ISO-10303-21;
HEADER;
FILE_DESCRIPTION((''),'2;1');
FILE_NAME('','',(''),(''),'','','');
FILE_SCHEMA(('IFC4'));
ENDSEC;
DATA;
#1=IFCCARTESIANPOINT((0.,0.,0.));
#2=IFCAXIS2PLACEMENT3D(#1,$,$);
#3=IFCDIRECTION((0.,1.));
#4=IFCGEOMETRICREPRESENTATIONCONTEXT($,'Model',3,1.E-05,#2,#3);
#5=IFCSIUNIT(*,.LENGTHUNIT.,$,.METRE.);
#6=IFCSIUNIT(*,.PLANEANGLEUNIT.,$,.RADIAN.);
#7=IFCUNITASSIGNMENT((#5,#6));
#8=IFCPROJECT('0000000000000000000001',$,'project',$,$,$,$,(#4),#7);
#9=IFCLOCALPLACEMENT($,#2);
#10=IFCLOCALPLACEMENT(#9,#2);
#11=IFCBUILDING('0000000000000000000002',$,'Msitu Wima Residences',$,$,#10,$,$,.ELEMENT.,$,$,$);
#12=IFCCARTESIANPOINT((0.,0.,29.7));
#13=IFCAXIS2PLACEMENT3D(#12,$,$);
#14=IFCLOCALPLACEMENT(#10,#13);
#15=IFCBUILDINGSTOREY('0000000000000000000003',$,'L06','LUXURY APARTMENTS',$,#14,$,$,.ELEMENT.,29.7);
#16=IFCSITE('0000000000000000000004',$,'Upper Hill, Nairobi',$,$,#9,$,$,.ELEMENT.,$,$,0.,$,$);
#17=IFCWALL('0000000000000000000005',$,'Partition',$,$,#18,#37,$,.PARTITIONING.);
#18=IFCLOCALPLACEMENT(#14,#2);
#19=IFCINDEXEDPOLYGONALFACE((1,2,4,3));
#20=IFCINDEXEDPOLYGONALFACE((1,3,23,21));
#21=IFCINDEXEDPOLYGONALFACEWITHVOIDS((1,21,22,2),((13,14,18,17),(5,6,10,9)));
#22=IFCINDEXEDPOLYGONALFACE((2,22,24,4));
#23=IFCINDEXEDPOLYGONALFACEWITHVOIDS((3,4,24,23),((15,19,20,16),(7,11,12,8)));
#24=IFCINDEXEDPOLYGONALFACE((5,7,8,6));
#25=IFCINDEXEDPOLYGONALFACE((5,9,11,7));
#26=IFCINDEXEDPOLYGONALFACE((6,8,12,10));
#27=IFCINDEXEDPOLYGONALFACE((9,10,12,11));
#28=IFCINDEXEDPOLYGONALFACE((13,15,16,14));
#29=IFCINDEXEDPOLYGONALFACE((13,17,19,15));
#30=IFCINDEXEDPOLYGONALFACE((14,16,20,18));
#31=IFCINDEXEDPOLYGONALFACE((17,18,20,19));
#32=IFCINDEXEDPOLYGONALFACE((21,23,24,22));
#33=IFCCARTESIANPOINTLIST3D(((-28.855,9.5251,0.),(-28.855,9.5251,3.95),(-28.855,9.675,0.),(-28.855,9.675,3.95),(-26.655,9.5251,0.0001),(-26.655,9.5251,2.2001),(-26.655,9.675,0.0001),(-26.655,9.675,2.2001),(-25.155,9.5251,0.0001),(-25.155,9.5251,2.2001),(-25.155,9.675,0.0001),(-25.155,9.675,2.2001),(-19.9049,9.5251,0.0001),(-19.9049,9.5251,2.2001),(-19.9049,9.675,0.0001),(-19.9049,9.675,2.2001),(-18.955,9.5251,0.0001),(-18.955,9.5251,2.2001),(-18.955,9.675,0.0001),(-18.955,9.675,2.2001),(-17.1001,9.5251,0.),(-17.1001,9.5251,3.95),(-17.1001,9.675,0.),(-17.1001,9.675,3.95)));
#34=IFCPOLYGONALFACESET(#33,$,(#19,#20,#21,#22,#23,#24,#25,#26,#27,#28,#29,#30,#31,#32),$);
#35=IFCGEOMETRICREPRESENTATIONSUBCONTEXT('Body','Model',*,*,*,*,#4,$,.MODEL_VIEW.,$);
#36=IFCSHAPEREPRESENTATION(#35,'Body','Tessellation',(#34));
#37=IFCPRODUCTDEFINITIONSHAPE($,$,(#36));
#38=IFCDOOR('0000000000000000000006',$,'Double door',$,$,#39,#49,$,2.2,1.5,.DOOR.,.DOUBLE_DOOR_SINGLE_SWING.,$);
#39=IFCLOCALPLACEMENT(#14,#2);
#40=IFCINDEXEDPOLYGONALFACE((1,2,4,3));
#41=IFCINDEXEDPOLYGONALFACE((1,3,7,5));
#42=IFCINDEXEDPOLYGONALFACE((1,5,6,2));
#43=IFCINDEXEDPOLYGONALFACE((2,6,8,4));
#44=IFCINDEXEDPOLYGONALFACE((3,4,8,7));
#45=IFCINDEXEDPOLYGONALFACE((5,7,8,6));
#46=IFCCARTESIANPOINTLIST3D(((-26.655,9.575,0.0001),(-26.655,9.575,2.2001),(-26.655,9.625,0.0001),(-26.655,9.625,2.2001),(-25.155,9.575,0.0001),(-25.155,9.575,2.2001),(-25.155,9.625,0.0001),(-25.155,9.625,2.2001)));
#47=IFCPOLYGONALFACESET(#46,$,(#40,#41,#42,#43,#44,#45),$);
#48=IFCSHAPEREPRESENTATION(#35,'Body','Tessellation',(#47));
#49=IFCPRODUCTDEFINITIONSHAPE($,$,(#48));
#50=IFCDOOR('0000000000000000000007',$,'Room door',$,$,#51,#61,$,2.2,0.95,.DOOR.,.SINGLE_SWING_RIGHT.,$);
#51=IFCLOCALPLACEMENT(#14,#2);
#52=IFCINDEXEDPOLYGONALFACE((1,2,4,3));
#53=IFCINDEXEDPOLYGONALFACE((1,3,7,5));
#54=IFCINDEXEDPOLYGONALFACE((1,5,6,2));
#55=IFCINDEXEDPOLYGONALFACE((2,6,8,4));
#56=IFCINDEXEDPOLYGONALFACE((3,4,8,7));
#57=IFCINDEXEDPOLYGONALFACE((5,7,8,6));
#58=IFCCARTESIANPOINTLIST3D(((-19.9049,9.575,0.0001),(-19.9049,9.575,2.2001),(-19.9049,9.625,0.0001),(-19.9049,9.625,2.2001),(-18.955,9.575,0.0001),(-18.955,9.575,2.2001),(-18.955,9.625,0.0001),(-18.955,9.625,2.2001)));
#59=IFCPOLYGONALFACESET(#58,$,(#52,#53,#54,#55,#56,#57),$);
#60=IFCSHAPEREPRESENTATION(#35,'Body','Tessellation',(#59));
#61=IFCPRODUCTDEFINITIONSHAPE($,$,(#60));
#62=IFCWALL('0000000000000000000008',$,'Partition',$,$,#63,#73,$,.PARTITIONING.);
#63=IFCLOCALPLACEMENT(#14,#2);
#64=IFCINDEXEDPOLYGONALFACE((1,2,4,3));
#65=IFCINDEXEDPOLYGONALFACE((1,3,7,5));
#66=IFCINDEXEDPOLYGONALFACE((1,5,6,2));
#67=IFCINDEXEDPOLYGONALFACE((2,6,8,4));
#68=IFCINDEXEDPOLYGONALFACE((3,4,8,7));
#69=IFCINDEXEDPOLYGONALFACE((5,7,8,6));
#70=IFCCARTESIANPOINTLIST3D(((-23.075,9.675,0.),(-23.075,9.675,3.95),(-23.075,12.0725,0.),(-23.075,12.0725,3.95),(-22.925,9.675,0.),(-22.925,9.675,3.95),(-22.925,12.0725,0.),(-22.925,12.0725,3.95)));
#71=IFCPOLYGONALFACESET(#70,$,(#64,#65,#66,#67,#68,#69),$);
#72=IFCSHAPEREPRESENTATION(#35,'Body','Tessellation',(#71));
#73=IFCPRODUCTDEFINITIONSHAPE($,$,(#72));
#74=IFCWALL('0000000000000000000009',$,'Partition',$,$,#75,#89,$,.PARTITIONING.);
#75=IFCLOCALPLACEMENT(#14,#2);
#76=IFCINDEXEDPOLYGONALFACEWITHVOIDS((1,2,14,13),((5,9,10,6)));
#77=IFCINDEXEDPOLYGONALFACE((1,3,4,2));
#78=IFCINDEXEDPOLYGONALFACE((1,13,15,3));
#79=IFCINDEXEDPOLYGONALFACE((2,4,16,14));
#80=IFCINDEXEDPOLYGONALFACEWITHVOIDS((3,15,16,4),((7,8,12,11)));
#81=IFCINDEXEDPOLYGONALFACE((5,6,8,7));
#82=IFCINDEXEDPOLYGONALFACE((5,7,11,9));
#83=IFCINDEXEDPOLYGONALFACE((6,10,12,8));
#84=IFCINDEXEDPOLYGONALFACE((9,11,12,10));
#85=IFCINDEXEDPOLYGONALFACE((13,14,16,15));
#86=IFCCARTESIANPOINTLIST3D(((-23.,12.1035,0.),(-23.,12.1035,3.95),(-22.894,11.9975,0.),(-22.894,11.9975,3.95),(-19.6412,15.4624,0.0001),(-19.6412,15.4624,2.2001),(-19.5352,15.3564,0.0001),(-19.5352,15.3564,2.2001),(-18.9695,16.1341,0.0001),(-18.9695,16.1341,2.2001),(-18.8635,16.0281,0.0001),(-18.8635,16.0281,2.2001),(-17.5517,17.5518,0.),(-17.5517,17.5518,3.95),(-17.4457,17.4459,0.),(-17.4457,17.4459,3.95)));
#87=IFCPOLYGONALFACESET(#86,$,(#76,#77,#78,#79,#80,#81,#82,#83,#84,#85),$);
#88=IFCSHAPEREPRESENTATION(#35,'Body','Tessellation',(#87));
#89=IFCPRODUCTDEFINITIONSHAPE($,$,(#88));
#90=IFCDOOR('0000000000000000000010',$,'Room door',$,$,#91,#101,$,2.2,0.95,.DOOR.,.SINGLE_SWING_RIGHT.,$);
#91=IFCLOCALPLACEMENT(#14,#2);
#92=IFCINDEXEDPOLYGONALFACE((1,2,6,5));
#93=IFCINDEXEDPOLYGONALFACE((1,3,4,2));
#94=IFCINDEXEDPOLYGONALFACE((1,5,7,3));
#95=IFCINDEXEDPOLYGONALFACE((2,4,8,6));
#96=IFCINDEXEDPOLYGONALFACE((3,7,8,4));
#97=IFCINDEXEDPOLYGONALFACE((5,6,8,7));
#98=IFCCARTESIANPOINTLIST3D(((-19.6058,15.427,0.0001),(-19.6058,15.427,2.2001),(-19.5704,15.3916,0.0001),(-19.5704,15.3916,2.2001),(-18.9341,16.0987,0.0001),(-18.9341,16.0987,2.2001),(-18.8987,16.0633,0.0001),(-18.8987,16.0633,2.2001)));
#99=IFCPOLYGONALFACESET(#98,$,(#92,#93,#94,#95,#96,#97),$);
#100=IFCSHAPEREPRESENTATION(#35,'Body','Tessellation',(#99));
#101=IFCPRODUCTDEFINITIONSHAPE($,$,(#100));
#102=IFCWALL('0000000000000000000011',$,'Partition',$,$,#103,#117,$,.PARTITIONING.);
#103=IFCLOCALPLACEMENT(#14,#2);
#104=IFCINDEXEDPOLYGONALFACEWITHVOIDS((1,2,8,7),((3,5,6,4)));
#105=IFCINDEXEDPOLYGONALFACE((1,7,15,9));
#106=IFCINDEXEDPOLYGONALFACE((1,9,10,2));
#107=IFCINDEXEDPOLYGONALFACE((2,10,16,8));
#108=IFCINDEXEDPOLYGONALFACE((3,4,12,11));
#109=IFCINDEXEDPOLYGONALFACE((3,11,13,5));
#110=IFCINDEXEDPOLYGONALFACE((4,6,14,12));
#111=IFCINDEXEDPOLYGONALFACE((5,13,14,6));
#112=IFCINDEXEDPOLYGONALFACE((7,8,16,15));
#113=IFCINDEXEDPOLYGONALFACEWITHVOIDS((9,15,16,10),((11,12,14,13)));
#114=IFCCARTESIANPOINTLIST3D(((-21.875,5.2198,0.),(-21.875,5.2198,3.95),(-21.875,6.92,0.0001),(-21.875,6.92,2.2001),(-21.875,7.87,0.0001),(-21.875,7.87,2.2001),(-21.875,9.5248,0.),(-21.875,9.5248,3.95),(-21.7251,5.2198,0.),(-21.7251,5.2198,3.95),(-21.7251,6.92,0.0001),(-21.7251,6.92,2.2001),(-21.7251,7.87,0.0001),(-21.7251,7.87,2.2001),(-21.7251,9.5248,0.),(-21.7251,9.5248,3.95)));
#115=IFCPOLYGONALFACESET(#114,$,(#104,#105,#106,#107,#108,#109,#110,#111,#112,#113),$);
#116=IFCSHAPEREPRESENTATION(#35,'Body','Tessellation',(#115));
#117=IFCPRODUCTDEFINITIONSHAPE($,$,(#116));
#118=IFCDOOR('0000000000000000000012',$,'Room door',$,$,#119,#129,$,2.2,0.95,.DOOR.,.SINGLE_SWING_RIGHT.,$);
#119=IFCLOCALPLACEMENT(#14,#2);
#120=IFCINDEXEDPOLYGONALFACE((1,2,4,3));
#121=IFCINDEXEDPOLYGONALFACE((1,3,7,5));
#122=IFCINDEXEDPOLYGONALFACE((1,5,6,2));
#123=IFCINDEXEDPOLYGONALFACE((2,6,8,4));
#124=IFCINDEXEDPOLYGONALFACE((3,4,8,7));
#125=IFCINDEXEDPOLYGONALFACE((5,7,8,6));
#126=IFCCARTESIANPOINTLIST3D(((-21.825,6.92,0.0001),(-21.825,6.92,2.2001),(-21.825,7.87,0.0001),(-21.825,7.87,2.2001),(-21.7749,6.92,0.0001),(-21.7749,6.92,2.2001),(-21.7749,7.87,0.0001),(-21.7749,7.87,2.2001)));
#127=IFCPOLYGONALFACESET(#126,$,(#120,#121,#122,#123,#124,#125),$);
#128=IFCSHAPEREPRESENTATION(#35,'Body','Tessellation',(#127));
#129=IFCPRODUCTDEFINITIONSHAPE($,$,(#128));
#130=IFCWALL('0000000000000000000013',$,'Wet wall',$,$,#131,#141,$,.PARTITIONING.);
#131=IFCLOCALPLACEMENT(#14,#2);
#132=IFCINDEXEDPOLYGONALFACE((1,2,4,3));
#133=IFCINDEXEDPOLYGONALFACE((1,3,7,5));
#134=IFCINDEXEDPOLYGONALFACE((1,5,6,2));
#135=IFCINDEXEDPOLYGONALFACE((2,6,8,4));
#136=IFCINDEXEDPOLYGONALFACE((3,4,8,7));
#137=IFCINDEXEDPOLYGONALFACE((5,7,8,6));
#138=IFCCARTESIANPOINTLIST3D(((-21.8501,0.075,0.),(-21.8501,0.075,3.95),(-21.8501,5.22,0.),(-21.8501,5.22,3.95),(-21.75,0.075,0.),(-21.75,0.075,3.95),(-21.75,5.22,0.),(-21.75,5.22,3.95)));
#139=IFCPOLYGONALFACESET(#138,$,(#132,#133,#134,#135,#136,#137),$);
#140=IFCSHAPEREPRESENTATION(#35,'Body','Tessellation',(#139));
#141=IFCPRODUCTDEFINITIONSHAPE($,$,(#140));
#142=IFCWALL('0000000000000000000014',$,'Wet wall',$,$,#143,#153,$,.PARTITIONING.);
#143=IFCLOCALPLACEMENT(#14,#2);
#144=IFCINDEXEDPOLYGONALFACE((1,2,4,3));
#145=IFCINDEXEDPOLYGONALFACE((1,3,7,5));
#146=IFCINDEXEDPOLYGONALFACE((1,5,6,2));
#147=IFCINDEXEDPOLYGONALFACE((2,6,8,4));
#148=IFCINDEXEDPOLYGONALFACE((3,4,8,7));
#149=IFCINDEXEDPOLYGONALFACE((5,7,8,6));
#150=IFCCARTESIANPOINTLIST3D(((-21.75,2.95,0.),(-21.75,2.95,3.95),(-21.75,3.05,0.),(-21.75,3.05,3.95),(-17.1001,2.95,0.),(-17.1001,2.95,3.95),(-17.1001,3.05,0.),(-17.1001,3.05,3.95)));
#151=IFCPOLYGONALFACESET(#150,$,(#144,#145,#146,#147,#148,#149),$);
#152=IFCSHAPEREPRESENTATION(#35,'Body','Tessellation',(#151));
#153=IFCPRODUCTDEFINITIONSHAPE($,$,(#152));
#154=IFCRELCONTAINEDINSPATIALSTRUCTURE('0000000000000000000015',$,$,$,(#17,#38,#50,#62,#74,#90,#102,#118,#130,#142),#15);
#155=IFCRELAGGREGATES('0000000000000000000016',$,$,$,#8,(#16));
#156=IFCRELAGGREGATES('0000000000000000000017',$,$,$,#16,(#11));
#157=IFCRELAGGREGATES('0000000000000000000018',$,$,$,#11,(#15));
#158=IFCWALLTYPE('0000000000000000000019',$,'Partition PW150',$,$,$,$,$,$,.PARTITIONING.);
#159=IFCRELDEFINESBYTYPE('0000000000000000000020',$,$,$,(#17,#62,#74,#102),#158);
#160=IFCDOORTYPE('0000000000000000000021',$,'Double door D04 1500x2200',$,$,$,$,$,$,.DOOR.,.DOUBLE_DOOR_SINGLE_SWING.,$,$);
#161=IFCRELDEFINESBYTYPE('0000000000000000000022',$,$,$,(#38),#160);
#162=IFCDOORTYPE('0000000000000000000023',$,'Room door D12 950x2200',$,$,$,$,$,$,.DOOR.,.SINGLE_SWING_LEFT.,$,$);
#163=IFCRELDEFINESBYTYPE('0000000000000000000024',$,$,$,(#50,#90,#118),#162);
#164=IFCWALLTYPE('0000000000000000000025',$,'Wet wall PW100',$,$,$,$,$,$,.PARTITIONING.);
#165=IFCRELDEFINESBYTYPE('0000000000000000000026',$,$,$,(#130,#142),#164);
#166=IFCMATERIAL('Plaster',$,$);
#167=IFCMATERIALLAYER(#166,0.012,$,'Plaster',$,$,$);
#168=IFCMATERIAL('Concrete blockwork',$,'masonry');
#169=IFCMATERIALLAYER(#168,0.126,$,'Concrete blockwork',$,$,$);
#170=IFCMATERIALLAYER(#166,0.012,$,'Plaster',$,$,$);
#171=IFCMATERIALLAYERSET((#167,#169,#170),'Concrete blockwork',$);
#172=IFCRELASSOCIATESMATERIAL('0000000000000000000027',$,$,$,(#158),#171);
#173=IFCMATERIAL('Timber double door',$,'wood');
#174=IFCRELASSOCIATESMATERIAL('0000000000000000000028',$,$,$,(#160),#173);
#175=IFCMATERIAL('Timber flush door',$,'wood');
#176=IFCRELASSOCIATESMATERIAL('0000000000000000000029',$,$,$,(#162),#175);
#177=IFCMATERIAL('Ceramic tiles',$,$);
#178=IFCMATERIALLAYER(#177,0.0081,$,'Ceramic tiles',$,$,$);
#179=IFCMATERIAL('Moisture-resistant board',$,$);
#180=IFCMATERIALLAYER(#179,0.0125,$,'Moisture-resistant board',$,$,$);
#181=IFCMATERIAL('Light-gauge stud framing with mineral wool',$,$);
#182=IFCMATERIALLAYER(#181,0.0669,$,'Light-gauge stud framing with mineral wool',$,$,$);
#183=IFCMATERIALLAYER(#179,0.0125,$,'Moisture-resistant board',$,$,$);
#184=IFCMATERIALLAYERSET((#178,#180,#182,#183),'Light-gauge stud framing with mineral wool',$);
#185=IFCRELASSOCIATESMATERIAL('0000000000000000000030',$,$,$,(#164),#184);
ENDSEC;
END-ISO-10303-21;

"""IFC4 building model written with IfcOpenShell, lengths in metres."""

from ifc_helpers import new_model, si_unit, direction, frame, frame_2d, origin, place, context, subcontext, project, spatial, rectangle, extrude, material, layer, layer_set, type_object, element, fill, save


model = new_model("IFC4")

# Units and contexts
model_context = context("Model", 3, precision=1e-05, world=origin(), true_north=direction((0.0, 1.0)))
body_context = subcontext(model_context, "Body", "Model", "MODEL_VIEW")
ifc_project = project(units=[si_unit("LENGTHUNIT", "METRE"), si_unit("PLANEANGLEUNIT", "RADIAN")], contexts=[model_context])

# Site, building, storey
site_placement = place(None, origin())
site = spatial("IfcSite", under=ifc_project, at=site_placement, Name="Upper Hill, Nairobi", CompositionType="ELEMENT", RefElevation=0.0)
building_placement = place(site_placement, origin())
building = spatial("IfcBuilding", under=site, at=building_placement, Name="Msitu Wima Residences", CompositionType="ELEMENT")
storey_placement = place(building_placement, frame((0.0, 0.0, 29.7)))
storey = spatial("IfcBuildingStorey", under=building, at=storey_placement, Name="L06", Description="LUXURY APARTMENTS", CompositionType="ELEMENT", Elevation=29.7)

# Wall, openings, doors
ifc_material_1 = material(Name="Plaster")
ifc_layer_1 = layer(ifc_material_1, 0.012, Name="Plaster")
ifc_material_2 = material(Name="Concrete blockwork", Category="masonry")
ifc_layer_2 = layer(ifc_material_2, 0.126, Name="Concrete blockwork")
ifc_layer_3 = layer(ifc_material_1, 0.012, Name="Plaster")
ifc_layer_set_1 = layer_set([ifc_layer_1, ifc_layer_2, ifc_layer_3], Name="Concrete blockwork")
wall_type_1 = type_object("IfcWallType", Name="Partition PW150", PredefinedType="PARTITIONING", material=ifc_layer_set_1)
wall_1_placement = place(storey_placement, frame((-28.855, 9.6001, 0.0), z_axis=(0.0, 0.0, 1.0), x_axis=(1.0, 0.0, 0.0)))
wall_1 = element("IfcWall", 1, at=wall_1_placement, inside=storey, type_object=wall_type_1, Name="Partition", PredefinedType="PARTITIONING", context=body_context, shape_type="SweptSolid", body=[
    extrude(rectangle(XDim=11.7549, YDim=0.1499, at=frame_2d((5.8774, 0.0))), origin(), (0.0, 0.0, 1.0), 3.95),
])
opening_1_placement = place(wall_1_placement, frame((8.95, 0.0, 0.0)))
opening_1 = element("IfcOpeningElement", 2, at=opening_1_placement, cuts=wall_1, PredefinedType="OPENING", context=body_context, shape_type="SweptSolid", body=[
    extrude(rectangle(XDim=0.95, YDim=2.2, at=frame_2d((0.4751, 1.1001))), frame((0.0, 0.085, 0.0), z_axis=(0.0, -1.0, 0.0), x_axis=(1.0, 0.0, 0.0)), (0.0, 0.0, 1.0), 0.1699),
])
opening_2_placement = place(wall_1_placement, frame((2.2, 0.0, 0.0)))
opening_2 = element("IfcOpeningElement", 3, at=opening_2_placement, cuts=wall_1, PredefinedType="OPENING", context=body_context, shape_type="SweptSolid", body=[
    extrude(rectangle(XDim=1.5, YDim=2.2, at=frame_2d((0.75, 1.1001))), frame((0.0, 0.085, 0.0), z_axis=(0.0, -1.0, 0.0), x_axis=(1.0, 0.0, 0.0)), (0.0, 0.0, 1.0), 0.1699),
])
ifc_material_3 = material(Name="Timber double door", Category="wood")
door_type_1 = type_object("IfcDoorType", Name="Double door D04 1500x2200", OperationType="DOUBLE_DOOR_SINGLE_SWING", PredefinedType="DOOR", material=ifc_material_3)
door_1_placement = place(opening_2_placement, origin())
door_1 = element("IfcDoor", 4, at=door_1_placement, inside=storey, type_object=door_type_1, Name="Double door", OperationType="DOUBLE_DOOR_SINGLE_SWING", OverallHeight=2.2, OverallWidth=1.5, PredefinedType="DOOR", context=body_context, shape_type="SweptSolid", body=[
    extrude(rectangle(XDim=1.5, YDim=2.2, at=frame_2d((0.75, 1.1001))), frame((0.0, 0.0249, 0.0), z_axis=(0.0, -1.0, 0.0), x_axis=(1.0, 0.0, 0.0)), (0.0, 0.0, 1.0), 0.05),
])
fill(opening_2, door_1)
ifc_material_4 = material(Name="Timber flush door", Category="wood")
door_type_2 = type_object("IfcDoorType", Name="Room door D12 950x2200", OperationType="SINGLE_SWING_LEFT", PredefinedType="DOOR", material=ifc_material_4)
door_2_placement = place(opening_1_placement, origin())
door_2 = element("IfcDoor", 5, at=door_2_placement, inside=storey, type_object=door_type_2, Name="Room door", OperationType="SINGLE_SWING_RIGHT", OverallHeight=2.2, OverallWidth=0.95, PredefinedType="DOOR", context=body_context, shape_type="SweptSolid", body=[
    extrude(rectangle(XDim=0.95, YDim=2.2, at=frame_2d((0.4751, 1.1001))), frame((0.0, 0.0249, 0.0), z_axis=(0.0, -1.0, 0.0), x_axis=(1.0, 0.0, 0.0)), (0.0, 0.0, 1.0), 0.05),
])
fill(opening_1, door_2)

# Wall
wall_2_placement = place(storey_placement, frame((-23.0, 9.675, 0.0), z_axis=(0.0, 0.0, 1.0), x_axis=(0.0, 1.0, 0.0)))
element("IfcWall", 6, at=wall_2_placement, inside=storey, type_object=wall_type_1, Name="Partition", PredefinedType="PARTITIONING", context=body_context, shape_type="SweptSolid", body=[
    extrude(rectangle(XDim=2.3975, YDim=0.1499, at=frame_2d((1.1987, 0.0))), origin(), (0.0, 0.0, 1.0), 3.95),
])

# Walls, openings, doors
wall_3_placement = place(storey_placement, frame((-22.947, 12.0505, 0.0), z_axis=(0.0, 0.0, 1.0), x_axis=(0.707107, 0.707107, 0.0)))
wall_3 = element("IfcWall", 7, at=wall_3_placement, inside=storey, type_object=wall_type_1, Name="Partition", PredefinedType="PARTITIONING", context=body_context, shape_type="SweptSolid", body=[
    extrude(rectangle(XDim=7.7051, YDim=0.1499, at=frame_2d((3.8525, 0.0))), origin(), (0.0, 0.0, 1.0), 3.95),
])
opening_3_placement = place(wall_3_placement, frame((4.75, 0.0, 0.0)))
opening_3 = element("IfcOpeningElement", 8, at=opening_3_placement, cuts=wall_3, PredefinedType="OPENING", context=body_context, shape_type="SweptSolid", body=[
    extrude(rectangle(XDim=0.95, YDim=2.2, at=frame_2d((0.4751, 1.1001))), frame((0.0, 0.085, 0.0), z_axis=(0.0, -1.0, 0.0), x_axis=(1.0, 0.0, 0.0)), (0.0, 0.0, 1.0), 0.1699),
])
door_3_placement = place(opening_3_placement, origin())
door_3 = element("IfcDoor", 9, at=door_3_placement, inside=storey, type_object=door_type_2, Name="Room door", OperationType="SINGLE_SWING_RIGHT", OverallHeight=2.2, OverallWidth=0.95, PredefinedType="DOOR", context=body_context, shape_type="SweptSolid", body=[
    extrude(rectangle(XDim=0.95, YDim=2.2, at=frame_2d((0.4751, 1.1001))), frame((0.0, 0.0249, 0.0), z_axis=(0.0, -1.0, 0.0), x_axis=(1.0, 0.0, 0.0)), (0.0, 0.0, 1.0), 0.05),
])
fill(opening_3, door_3)
wall_4_placement = place(storey_placement, frame((-21.8, 5.22, 0.0), z_axis=(0.0, 0.0, 1.0), x_axis=(0.0, 1.0, 0.0)))
wall_4 = element("IfcWall", 10, at=wall_4_placement, inside=storey, type_object=wall_type_1, Name="Partition", PredefinedType="PARTITIONING", context=body_context, shape_type="SweptSolid", body=[
    extrude(rectangle(XDim=4.3049, YDim=0.1499, at=frame_2d((2.1523, 0.0))), origin(), (0.0, 0.0, 1.0), 3.95),
])
opening_4_placement = place(wall_4_placement, frame((1.7, 0.0, 0.0)))
opening_4 = element("IfcOpeningElement", 11, at=opening_4_placement, cuts=wall_4, PredefinedType="OPENING", context=body_context, shape_type="SweptSolid", body=[
    extrude(rectangle(XDim=0.95, YDim=2.2, at=frame_2d((0.4751, 1.1001))), frame((0.0, 0.085, 0.0), z_axis=(0.0, -1.0, 0.0), x_axis=(1.0, 0.0, 0.0)), (0.0, 0.0, 1.0), 0.1699),
])
door_4_placement = place(opening_4_placement, origin())
door_4 = element("IfcDoor", 12, at=door_4_placement, inside=storey, type_object=door_type_2, Name="Room door", OperationType="SINGLE_SWING_RIGHT", OverallHeight=2.2, OverallWidth=0.95, PredefinedType="DOOR", context=body_context, shape_type="SweptSolid", body=[
    extrude(rectangle(XDim=0.95, YDim=2.2, at=frame_2d((0.4751, 1.1001))), frame((0.0, 0.0249, 0.0), z_axis=(0.0, -1.0, 0.0), x_axis=(1.0, 0.0, 0.0)), (0.0, 0.0, 1.0), 0.05),
])
fill(opening_4, door_4)

# Walls
ifc_material_5 = material(Name="Ceramic tiles")
ifc_layer_4 = layer(ifc_material_5, 0.0081, Name="Ceramic tiles")
ifc_material_6 = material(Name="Moisture-resistant board")
ifc_layer_5 = layer(ifc_material_6, 0.0125, Name="Moisture-resistant board")
ifc_material_7 = material(Name="Light-gauge stud framing with mineral wool")
ifc_layer_6 = layer(ifc_material_7, 0.0669, Name="Light-gauge stud framing with mineral wool")
ifc_layer_7 = layer(ifc_material_6, 0.0125, Name="Moisture-resistant board")
ifc_layer_set_2 = layer_set([ifc_layer_4, ifc_layer_5, ifc_layer_6, ifc_layer_7], Name="Light-gauge stud framing with mineral wool")
wall_type_2 = type_object("IfcWallType", Name="Wet wall PW100", PredefinedType="PARTITIONING", material=ifc_layer_set_2)
wall_5_placement = place(storey_placement, frame((-21.8, 0.075, 0.0), z_axis=(0.0, 0.0, 1.0), x_axis=(0.0, 1.0, 0.0)))
element("IfcWall", 13, at=wall_5_placement, inside=storey, type_object=wall_type_2, Name="Wet wall", PredefinedType="PARTITIONING", context=body_context, shape_type="SweptSolid", body=[
    extrude(rectangle(XDim=5.145, YDim=0.1001, at=frame_2d((2.5725, 0.0))), origin(), (0.0, 0.0, 1.0), 3.95),
])
wall_6_placement = place(storey_placement, frame((-21.75, 3.0, 0.0), z_axis=(0.0, 0.0, 1.0), x_axis=(1.0, 0.0, 0.0)))
element("IfcWall", 14, at=wall_6_placement, inside=storey, type_object=wall_type_2, Name="Wet wall", PredefinedType="PARTITIONING", context=body_context, shape_type="SweptSolid", body=[
    extrude(rectangle(XDim=4.6499, YDim=0.1001, at=frame_2d((2.325, 0.0))), origin(), (0.0, 0.0, 1.0), 3.95),
])

save(model, "model.ifc")
